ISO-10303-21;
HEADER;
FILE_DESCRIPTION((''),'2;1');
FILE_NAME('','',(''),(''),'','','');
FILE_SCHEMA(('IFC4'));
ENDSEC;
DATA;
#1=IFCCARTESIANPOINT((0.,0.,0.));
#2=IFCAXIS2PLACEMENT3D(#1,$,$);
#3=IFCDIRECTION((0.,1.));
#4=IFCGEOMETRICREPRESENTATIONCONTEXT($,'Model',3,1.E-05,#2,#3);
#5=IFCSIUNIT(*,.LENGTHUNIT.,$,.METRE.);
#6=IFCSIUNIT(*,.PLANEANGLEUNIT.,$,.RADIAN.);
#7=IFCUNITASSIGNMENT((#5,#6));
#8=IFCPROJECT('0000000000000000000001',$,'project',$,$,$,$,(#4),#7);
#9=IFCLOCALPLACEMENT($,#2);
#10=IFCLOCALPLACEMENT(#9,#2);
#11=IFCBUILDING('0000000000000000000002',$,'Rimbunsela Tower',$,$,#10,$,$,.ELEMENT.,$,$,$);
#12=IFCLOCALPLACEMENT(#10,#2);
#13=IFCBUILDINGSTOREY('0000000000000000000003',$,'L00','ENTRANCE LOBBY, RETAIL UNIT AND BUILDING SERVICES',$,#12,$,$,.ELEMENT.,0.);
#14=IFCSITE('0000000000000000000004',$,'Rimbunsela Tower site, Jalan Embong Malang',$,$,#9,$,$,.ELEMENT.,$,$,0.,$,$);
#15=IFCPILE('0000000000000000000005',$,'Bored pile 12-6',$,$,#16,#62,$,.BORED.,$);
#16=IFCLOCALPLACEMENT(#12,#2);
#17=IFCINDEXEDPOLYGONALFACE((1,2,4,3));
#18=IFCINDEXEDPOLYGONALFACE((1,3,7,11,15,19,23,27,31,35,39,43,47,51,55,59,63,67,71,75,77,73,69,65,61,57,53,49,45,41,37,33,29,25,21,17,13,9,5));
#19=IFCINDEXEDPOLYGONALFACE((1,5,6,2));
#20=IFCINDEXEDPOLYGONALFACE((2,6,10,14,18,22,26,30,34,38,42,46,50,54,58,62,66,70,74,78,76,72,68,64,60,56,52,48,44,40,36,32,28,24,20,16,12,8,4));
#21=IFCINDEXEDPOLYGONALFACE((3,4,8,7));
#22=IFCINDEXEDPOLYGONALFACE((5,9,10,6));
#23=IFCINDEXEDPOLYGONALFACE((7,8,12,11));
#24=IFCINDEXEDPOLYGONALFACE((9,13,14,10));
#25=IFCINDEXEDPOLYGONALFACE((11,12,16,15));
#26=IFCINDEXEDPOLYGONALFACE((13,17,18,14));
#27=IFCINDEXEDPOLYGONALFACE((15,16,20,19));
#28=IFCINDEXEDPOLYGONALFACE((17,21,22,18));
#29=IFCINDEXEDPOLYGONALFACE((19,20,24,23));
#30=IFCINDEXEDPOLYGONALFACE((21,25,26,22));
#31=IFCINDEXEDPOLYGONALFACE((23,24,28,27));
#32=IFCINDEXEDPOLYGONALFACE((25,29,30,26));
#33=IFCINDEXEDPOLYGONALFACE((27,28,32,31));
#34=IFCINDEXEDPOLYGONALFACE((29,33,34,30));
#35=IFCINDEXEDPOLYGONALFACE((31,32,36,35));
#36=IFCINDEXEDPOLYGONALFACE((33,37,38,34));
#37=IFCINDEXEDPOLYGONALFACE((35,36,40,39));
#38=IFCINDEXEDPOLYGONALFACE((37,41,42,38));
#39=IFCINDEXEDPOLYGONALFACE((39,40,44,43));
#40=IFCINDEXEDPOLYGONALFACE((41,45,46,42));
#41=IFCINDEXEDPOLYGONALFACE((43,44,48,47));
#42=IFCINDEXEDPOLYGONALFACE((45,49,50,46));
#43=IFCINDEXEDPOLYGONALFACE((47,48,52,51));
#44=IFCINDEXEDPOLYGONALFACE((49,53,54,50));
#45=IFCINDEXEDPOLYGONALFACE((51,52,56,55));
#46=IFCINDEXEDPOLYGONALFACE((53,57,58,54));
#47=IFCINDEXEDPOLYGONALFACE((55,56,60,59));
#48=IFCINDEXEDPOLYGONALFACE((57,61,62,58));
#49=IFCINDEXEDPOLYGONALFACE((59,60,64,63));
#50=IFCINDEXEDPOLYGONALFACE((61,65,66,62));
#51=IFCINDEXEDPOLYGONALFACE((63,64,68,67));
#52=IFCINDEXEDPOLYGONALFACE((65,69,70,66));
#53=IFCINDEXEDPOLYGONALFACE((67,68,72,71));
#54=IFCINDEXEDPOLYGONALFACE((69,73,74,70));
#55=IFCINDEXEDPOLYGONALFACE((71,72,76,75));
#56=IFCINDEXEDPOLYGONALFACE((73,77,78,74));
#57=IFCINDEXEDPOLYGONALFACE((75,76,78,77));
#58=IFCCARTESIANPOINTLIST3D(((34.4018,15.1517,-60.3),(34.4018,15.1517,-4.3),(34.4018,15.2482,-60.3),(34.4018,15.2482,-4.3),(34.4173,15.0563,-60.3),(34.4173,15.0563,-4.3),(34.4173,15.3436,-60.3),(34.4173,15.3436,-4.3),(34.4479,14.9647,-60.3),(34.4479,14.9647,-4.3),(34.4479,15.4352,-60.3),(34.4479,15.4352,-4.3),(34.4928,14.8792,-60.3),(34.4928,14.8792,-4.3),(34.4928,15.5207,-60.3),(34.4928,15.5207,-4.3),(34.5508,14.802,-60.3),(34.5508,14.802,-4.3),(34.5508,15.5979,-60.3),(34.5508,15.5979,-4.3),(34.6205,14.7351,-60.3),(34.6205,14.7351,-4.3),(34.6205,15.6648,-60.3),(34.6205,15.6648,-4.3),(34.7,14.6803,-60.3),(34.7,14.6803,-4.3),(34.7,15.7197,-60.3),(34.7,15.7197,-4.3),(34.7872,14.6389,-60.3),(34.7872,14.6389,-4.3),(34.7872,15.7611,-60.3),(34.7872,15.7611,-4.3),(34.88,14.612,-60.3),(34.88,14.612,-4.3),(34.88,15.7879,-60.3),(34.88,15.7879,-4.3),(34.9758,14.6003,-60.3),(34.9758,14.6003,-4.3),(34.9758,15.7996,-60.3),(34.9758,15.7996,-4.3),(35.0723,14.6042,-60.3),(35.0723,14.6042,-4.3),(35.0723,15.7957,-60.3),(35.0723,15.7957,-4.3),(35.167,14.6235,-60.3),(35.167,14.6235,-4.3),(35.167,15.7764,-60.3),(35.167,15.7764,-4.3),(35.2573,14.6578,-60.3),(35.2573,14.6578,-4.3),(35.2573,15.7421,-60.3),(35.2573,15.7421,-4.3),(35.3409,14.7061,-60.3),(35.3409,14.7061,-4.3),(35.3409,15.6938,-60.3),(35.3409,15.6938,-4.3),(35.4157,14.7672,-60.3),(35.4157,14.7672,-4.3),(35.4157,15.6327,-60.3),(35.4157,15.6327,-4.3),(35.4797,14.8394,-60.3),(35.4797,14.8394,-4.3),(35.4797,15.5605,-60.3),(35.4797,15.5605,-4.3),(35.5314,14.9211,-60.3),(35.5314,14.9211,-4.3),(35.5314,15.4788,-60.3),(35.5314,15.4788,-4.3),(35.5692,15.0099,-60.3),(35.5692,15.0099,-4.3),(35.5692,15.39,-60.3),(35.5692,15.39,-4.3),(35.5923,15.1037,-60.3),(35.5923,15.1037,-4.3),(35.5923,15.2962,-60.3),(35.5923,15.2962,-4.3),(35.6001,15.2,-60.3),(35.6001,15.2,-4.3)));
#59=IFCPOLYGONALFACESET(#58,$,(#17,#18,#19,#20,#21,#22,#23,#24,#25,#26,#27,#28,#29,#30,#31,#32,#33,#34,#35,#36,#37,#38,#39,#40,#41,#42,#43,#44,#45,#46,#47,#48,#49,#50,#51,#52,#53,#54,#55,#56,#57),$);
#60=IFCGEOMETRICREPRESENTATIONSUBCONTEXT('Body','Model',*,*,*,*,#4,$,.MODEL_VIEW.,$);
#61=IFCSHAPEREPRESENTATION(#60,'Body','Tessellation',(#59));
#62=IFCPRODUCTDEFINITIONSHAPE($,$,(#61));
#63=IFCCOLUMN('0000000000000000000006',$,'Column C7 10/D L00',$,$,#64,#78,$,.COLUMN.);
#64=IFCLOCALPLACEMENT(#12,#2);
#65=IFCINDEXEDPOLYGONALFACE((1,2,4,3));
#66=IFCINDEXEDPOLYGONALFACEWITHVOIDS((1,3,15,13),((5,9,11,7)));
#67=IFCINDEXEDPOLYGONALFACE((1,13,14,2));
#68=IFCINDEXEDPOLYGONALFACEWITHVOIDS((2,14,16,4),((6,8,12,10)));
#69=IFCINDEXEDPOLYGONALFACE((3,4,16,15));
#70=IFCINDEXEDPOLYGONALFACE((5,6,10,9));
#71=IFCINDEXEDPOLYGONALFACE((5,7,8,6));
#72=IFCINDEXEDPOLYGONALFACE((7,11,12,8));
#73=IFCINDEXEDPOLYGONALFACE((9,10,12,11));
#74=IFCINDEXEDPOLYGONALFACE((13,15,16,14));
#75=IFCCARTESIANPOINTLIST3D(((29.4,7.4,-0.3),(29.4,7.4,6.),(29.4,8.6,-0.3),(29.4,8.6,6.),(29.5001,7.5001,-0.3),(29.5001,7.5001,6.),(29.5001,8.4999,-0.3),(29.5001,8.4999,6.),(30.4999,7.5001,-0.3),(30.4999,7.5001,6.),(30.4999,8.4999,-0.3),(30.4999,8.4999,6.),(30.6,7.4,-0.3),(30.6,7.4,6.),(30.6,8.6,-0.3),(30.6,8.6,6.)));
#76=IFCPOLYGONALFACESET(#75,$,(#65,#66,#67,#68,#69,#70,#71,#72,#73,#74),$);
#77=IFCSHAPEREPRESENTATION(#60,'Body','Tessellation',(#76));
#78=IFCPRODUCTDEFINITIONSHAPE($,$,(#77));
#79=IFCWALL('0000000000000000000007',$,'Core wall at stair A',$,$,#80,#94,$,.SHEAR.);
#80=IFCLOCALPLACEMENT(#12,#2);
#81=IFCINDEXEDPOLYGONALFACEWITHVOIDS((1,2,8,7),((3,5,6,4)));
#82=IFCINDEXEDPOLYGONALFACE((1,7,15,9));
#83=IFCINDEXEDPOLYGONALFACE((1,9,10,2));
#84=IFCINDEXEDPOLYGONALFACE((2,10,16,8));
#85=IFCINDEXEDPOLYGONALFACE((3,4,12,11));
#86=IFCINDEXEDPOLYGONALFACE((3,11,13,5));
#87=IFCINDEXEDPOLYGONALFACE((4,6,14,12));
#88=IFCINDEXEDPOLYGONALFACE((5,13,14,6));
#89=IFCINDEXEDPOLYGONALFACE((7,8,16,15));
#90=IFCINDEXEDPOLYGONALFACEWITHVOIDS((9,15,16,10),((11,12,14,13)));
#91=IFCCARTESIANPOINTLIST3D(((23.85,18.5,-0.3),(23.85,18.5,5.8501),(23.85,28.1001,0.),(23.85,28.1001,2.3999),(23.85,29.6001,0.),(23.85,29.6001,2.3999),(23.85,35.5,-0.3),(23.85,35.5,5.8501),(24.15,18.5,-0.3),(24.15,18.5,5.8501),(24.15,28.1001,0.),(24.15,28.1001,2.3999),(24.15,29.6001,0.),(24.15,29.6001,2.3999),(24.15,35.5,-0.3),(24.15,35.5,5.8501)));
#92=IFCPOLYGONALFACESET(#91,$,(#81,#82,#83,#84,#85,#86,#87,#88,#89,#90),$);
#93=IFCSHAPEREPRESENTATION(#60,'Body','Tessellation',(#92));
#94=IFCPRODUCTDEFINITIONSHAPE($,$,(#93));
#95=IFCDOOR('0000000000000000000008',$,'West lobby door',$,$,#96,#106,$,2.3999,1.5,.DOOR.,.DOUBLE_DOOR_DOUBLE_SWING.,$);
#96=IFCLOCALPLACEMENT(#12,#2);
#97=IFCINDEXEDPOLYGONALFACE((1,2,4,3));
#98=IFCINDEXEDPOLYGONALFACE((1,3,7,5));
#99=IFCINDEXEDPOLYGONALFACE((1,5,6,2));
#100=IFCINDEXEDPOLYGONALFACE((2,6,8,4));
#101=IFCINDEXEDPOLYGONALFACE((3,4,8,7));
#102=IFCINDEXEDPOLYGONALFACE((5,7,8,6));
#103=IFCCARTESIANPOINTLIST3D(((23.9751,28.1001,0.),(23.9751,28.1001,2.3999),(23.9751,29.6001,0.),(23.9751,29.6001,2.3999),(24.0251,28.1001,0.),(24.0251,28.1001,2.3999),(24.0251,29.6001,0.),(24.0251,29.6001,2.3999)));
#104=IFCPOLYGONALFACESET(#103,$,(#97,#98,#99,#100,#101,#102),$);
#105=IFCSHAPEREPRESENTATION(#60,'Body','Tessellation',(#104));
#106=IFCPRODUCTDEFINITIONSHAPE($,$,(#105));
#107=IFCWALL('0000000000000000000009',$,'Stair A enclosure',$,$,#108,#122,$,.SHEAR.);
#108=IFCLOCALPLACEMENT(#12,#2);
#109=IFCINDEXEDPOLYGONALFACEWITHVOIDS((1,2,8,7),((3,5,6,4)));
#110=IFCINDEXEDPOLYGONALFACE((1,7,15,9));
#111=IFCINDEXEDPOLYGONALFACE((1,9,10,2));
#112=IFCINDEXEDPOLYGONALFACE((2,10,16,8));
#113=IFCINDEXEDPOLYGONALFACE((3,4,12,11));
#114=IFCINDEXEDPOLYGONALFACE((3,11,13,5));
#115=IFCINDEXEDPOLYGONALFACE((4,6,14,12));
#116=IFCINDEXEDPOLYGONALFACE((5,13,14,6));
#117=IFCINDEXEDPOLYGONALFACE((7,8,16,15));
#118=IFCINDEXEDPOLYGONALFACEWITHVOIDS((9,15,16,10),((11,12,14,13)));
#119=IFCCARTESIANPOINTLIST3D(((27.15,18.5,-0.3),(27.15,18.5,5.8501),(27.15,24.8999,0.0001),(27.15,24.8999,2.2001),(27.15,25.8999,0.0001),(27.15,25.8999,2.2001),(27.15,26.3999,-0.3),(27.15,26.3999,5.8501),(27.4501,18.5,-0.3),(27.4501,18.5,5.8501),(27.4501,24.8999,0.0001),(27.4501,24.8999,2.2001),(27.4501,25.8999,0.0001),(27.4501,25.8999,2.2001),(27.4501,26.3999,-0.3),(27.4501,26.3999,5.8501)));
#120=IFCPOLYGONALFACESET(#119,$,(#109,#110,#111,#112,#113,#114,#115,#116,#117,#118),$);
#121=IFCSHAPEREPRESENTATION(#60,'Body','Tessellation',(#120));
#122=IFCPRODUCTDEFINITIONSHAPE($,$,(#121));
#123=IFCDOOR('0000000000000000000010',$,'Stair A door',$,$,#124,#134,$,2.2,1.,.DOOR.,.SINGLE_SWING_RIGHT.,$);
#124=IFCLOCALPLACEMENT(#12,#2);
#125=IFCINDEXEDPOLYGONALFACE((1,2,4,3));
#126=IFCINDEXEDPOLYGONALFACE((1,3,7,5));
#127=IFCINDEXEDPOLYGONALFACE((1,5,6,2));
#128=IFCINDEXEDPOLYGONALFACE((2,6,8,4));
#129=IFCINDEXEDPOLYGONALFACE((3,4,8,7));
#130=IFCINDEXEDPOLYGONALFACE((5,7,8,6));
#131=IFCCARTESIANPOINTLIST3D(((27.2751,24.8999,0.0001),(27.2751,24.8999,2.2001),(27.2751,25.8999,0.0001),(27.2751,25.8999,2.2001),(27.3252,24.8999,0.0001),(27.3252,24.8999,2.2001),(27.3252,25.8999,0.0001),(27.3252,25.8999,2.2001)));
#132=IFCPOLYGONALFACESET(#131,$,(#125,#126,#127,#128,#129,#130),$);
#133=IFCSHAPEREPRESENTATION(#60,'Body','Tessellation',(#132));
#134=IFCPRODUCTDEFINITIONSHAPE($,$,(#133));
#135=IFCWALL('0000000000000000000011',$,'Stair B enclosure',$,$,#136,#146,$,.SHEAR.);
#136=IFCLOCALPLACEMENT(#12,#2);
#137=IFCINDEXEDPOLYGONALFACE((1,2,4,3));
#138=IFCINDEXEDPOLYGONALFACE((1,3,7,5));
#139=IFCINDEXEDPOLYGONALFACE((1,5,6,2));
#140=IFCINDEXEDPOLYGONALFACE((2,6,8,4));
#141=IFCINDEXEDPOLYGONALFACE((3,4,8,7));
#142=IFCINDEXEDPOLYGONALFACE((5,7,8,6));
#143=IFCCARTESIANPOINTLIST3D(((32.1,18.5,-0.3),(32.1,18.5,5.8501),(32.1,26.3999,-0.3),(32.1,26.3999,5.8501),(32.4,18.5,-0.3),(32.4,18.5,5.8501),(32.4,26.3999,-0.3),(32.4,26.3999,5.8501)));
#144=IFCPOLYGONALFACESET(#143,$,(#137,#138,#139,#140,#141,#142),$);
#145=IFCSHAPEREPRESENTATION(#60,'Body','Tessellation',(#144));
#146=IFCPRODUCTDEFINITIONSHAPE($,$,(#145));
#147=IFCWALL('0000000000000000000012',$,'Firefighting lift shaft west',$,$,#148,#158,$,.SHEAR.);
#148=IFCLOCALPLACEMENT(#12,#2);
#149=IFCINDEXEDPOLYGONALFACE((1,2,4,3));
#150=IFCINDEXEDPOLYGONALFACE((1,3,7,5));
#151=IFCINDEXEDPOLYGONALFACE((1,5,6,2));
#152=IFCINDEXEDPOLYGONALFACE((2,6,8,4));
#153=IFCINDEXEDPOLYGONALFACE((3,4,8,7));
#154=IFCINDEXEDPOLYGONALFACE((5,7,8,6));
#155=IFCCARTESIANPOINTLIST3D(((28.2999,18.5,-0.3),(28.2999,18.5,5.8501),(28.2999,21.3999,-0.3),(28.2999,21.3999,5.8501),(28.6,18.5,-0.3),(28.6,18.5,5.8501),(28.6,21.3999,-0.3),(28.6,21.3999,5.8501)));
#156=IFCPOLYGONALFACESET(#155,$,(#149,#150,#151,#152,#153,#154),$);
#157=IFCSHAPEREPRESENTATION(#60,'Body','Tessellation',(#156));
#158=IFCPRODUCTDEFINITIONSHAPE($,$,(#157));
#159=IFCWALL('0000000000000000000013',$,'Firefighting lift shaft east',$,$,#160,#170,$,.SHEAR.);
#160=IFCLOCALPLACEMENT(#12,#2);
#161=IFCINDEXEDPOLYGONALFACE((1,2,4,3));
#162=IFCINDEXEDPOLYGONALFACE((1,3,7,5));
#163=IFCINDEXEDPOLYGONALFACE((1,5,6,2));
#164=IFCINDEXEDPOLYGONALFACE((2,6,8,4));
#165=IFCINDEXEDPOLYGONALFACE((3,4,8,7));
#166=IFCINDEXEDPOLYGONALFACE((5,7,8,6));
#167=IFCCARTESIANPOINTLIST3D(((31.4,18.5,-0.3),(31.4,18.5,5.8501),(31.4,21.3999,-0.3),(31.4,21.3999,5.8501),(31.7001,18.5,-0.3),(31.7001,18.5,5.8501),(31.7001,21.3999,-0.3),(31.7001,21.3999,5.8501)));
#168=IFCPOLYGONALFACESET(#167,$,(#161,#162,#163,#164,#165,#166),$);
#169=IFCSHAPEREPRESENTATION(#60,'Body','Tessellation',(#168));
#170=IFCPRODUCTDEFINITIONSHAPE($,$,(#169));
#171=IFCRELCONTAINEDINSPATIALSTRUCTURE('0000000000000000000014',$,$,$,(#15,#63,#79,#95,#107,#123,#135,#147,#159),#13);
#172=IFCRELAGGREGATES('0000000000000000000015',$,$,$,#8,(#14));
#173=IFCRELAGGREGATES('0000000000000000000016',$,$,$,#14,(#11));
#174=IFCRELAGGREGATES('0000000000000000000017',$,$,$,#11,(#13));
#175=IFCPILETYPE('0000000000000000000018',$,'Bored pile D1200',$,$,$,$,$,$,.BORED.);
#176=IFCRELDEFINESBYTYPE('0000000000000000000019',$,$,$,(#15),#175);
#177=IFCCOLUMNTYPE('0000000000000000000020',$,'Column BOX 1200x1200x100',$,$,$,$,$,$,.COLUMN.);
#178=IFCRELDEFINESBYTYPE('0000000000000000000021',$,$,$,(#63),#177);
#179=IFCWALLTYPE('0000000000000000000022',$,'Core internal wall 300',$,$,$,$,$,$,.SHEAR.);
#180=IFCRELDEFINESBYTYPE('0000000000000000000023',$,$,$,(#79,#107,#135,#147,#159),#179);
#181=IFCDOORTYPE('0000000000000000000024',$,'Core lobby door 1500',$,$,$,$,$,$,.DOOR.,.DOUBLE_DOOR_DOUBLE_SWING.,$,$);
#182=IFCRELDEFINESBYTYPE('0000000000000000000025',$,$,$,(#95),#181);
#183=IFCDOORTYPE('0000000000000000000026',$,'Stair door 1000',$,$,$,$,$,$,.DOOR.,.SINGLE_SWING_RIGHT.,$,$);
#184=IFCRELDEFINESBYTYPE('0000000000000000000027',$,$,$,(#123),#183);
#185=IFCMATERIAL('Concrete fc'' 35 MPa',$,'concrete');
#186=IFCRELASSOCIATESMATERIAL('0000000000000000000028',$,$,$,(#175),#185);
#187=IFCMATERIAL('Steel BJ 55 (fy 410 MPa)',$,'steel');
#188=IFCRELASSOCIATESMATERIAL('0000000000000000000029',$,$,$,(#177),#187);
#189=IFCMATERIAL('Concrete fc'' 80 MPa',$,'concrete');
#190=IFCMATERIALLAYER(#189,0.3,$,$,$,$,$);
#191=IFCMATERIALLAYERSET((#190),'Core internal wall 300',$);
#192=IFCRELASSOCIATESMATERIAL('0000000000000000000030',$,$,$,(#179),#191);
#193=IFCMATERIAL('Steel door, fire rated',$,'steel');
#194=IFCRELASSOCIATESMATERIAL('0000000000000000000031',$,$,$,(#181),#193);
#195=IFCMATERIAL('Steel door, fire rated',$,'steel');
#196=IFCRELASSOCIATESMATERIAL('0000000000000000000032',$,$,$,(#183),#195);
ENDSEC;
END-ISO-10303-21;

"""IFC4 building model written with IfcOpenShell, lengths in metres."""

from ifc_helpers import new_model, si_unit, direction, frame, frame_2d, origin, origin_2d, place, context, subcontext, project, spatial, rectangle, hollow_rectangle, circle, extrude, material, layer, layer_set, material_profile, profile_set, type_object, element, fill, save


model = new_model("IFC4")

# Units and contexts
model_context = context("Model", 3, precision=1e-05, world=origin(), true_north=direction((0.0, 1.0)))
body_context = subcontext(model_context, "Body", "Model", "MODEL_VIEW")
ifc_project = project(units=[si_unit("LENGTHUNIT", "METRE"), si_unit("PLANEANGLEUNIT", "RADIAN")], contexts=[model_context])

# Site, building, storey
site_placement = place(None, origin())
site = spatial("IfcSite", under=ifc_project, at=site_placement, Name="Rimbunsela Tower site, Jalan Embong Malang", CompositionType="ELEMENT", RefElevation=0.0)
building_placement = place(site_placement, origin())
building = spatial("IfcBuilding", under=site, at=building_placement, Name="Rimbunsela Tower", CompositionType="ELEMENT")
storey_placement = place(building_placement, origin())
storey = spatial("IfcBuildingStorey", under=building, at=storey_placement, Name="L00", Description="ENTRANCE LOBBY, RETAIL UNIT AND BUILDING SERVICES", CompositionType="ELEMENT", Elevation=0.0)

# Pile
ifc_material_1 = material(Name="Concrete fc' 35 MPa", Category="concrete")
ifc_material_profile_1 = material_profile(ifc_material_1, circle(Radius=0.6001, at=origin_2d()), Name="BP D1200")
ifc_profile_set_1 = profile_set([ifc_material_profile_1], Name="Concrete fc' 35 MPa")
pile_type = type_object("IfcPileType", Name="Bored pile D1200", PredefinedType="BORED", material=ifc_profile_set_1)
for number, where, z_axis, x_axis, name in (
    (1, (35.0, 15.2, -4.3), (0.0, 0.0, -1.0), (1.0, 0.0, 0.0), "Bored pile 12-6"),
):
    element("IfcPile", number, at=place(storey_placement, frame(where, z_axis=z_axis, x_axis=x_axis)), inside=storey, type_object=pile_type, Name=name, PredefinedType="BORED", context=body_context, shape_type="SweptSolid", body=[
        extrude(circle(Radius=0.6001, at=origin_2d()), origin(), (0.0, 0.0, 1.0), 56.0),
    ])

# Column
ifc_material_2 = material(Name="Steel BJ 55 (fy 410 MPa)", Category="steel")
ifc_material_profile_2 = material_profile(ifc_material_2, hollow_rectangle(XDim=1.2, YDim=1.2, WallThickness=0.1001, at=origin_2d()), Name="BOX 1200x1200x100")
ifc_profile_set_2 = profile_set([ifc_material_profile_2], Name="Steel BJ 55 (fy 410 MPa)")
column_type = type_object("IfcColumnType", Name="Column BOX 1200x1200x100", PredefinedType="COLUMN", material=ifc_profile_set_2)
column_placement = place(storey_placement, frame((30.0, 8.0, -0.3), z_axis=(0.0, 0.0, 1.0), x_axis=(1.0, 0.0, 0.0)))
element("IfcColumn", 2, at=column_placement, inside=storey, type_object=column_type, Name="Column C7 10/D L00", PredefinedType="COLUMN", context=body_context, shape_type="SweptSolid", body=[
    extrude(hollow_rectangle(XDim=1.2, YDim=1.2, WallThickness=0.1001, at=origin_2d()), origin(), (0.0, 0.0, 1.0), 6.3),
])

# Walls, openings, doors
ifc_material_3 = material(Name="Concrete fc' 80 MPa", Category="concrete")
ifc_layer_1 = layer(ifc_material_3, 0.3)
ifc_layer_set_1 = layer_set([ifc_layer_1], Name="Core internal wall 300")
wall_type_1 = type_object("IfcWallType", Name="Core internal wall 300", PredefinedType="SHEAR", material=ifc_layer_set_1)
wall_1_placement = place(storey_placement, frame((24.0, 18.5, -0.3), z_axis=(0.0, 0.0, 1.0), x_axis=(0.0, 1.0, 0.0)))
wall_1 = element("IfcWall", 3, at=wall_1_placement, inside=storey, type_object=wall_type_1, Name="Core wall at stair A", PredefinedType="SHEAR", context=body_context, shape_type="SweptSolid", body=[
    extrude(rectangle(XDim=17.0, YDim=0.3, at=frame_2d((8.5, 0.0))), origin(), (0.0, 0.0, 1.0), 6.1501),
])
opening_1_placement = place(wall_1_placement, frame((9.6001, 0.0, 0.3)))
opening_1 = element("IfcOpeningElement", 4, at=opening_1_placement, cuts=wall_1, PredefinedType="OPENING", context=body_context, shape_type="SweptSolid", body=[
    extrude(rectangle(XDim=1.5, YDim=2.3999, at=frame_2d((0.75, 1.2))), frame((0.0, 0.1599, 0.0), z_axis=(0.0, -1.0, 0.0), x_axis=(1.0, 0.0, 0.0)), (0.0, 0.0, 1.0), 0.3201),
])
ifc_material_4 = material(Name="Steel door, fire rated", Category="steel")
door_type_1 = type_object("IfcDoorType", Name="Core lobby door 1500", OperationType="DOUBLE_DOOR_DOUBLE_SWING", PredefinedType="DOOR", material=ifc_material_4)
door_1_placement = place(opening_1_placement, origin())
door_1 = element("IfcDoor", 5, at=door_1_placement, inside=storey, type_object=door_type_1, Name="West lobby door", OperationType="DOUBLE_DOOR_DOUBLE_SWING", OverallHeight=2.3999, OverallWidth=1.5, PredefinedType="DOOR", context=body_context, shape_type="SweptSolid", body=[
    extrude(rectangle(XDim=1.5, YDim=2.3999, at=frame_2d((0.75, 1.2))), frame((0.0, 0.0249, 0.0), z_axis=(0.0, -1.0, 0.0), x_axis=(1.0, 0.0, 0.0)), (0.0, 0.0, 1.0), 0.05),
])
fill(opening_1, door_1)
wall_2_placement = place(storey_placement, frame((27.3, 18.5, -0.3), z_axis=(0.0, 0.0, 1.0), x_axis=(0.0, 1.0, 0.0)))
wall_2 = element("IfcWall", 6, at=wall_2_placement, inside=storey, type_object=wall_type_1, Name="Stair A enclosure", PredefinedType="SHEAR", context=body_context, shape_type="SweptSolid", body=[
    extrude(rectangle(XDim=7.8999, YDim=0.3, at=frame_2d((3.95, 0.0))), origin(), (0.0, 0.0, 1.0), 6.1501),
])
opening_2_placement = place(wall_2_placement, frame((6.3999, 0.0, 0.3)))
opening_2 = element("IfcOpeningElement", 7, at=opening_2_placement, cuts=wall_2, PredefinedType="OPENING", context=body_context, shape_type="SweptSolid", body=[
    extrude(rectangle(XDim=1.0, YDim=2.2, at=frame_2d((0.5, 1.1001))), frame((0.0, 0.1599, 0.0), z_axis=(0.0, -1.0, 0.0), x_axis=(1.0, 0.0, 0.0)), (0.0, 0.0, 1.0), 0.3201),
])
ifc_material_5 = material(Name="Steel door, fire rated", Category="steel")
door_type_2 = type_object("IfcDoorType", Name="Stair door 1000", OperationType="SINGLE_SWING_RIGHT", PredefinedType="DOOR", material=ifc_material_5)
door_2_placement = place(opening_2_placement, origin())
door_2 = element("IfcDoor", 8, at=door_2_placement, inside=storey, type_object=door_type_2, Name="Stair A door", OperationType="SINGLE_SWING_RIGHT", OverallHeight=2.2, OverallWidth=1.0, PredefinedType="DOOR", context=body_context, shape_type="SweptSolid", body=[
    extrude(rectangle(XDim=1.0, YDim=2.2, at=frame_2d((0.5, 1.1001))), frame((0.0, 0.0249, 0.0), z_axis=(0.0, -1.0, 0.0), x_axis=(1.0, 0.0, 0.0)), (0.0, 0.0, 1.0), 0.05),
])
fill(opening_2, door_2)

# Walls
wall_3_placement = place(storey_placement, frame((32.25, 18.5, -0.3), z_axis=(0.0, 0.0, 1.0), x_axis=(0.0, 1.0, 0.0)))
element("IfcWall", 9, at=wall_3_placement, inside=storey, type_object=wall_type_1, Name="Stair B enclosure", PredefinedType="SHEAR", context=body_context, shape_type="SweptSolid", body=[
    extrude(rectangle(XDim=7.8999, YDim=0.3, at=frame_2d((3.95, 0.0))), origin(), (0.0, 0.0, 1.0), 6.1501),
])
for number, where, z_axis, x_axis, name in (
    (10, (28.45, 18.5, -0.3), (0.0, 0.0, 1.0), (0.0, 1.0, 0.0), "Firefighting lift shaft west"),
    (11, (31.55, 18.5, -0.3), (0.0, 0.0, 1.0), (0.0, 1.0, 0.0), "Firefighting lift shaft east"),
):
    element("IfcWall", number, at=place(storey_placement, frame(where, z_axis=z_axis, x_axis=x_axis)), inside=storey, type_object=wall_type_1, Name=name, PredefinedType="SHEAR", context=body_context, shape_type="SweptSolid", body=[
        extrude(rectangle(XDim=2.8999, YDim=0.3, at=frame_2d((1.45, 0.0))), origin(), (0.0, 0.0, 1.0), 6.1501),
    ])

save(model, "model.ifc")
